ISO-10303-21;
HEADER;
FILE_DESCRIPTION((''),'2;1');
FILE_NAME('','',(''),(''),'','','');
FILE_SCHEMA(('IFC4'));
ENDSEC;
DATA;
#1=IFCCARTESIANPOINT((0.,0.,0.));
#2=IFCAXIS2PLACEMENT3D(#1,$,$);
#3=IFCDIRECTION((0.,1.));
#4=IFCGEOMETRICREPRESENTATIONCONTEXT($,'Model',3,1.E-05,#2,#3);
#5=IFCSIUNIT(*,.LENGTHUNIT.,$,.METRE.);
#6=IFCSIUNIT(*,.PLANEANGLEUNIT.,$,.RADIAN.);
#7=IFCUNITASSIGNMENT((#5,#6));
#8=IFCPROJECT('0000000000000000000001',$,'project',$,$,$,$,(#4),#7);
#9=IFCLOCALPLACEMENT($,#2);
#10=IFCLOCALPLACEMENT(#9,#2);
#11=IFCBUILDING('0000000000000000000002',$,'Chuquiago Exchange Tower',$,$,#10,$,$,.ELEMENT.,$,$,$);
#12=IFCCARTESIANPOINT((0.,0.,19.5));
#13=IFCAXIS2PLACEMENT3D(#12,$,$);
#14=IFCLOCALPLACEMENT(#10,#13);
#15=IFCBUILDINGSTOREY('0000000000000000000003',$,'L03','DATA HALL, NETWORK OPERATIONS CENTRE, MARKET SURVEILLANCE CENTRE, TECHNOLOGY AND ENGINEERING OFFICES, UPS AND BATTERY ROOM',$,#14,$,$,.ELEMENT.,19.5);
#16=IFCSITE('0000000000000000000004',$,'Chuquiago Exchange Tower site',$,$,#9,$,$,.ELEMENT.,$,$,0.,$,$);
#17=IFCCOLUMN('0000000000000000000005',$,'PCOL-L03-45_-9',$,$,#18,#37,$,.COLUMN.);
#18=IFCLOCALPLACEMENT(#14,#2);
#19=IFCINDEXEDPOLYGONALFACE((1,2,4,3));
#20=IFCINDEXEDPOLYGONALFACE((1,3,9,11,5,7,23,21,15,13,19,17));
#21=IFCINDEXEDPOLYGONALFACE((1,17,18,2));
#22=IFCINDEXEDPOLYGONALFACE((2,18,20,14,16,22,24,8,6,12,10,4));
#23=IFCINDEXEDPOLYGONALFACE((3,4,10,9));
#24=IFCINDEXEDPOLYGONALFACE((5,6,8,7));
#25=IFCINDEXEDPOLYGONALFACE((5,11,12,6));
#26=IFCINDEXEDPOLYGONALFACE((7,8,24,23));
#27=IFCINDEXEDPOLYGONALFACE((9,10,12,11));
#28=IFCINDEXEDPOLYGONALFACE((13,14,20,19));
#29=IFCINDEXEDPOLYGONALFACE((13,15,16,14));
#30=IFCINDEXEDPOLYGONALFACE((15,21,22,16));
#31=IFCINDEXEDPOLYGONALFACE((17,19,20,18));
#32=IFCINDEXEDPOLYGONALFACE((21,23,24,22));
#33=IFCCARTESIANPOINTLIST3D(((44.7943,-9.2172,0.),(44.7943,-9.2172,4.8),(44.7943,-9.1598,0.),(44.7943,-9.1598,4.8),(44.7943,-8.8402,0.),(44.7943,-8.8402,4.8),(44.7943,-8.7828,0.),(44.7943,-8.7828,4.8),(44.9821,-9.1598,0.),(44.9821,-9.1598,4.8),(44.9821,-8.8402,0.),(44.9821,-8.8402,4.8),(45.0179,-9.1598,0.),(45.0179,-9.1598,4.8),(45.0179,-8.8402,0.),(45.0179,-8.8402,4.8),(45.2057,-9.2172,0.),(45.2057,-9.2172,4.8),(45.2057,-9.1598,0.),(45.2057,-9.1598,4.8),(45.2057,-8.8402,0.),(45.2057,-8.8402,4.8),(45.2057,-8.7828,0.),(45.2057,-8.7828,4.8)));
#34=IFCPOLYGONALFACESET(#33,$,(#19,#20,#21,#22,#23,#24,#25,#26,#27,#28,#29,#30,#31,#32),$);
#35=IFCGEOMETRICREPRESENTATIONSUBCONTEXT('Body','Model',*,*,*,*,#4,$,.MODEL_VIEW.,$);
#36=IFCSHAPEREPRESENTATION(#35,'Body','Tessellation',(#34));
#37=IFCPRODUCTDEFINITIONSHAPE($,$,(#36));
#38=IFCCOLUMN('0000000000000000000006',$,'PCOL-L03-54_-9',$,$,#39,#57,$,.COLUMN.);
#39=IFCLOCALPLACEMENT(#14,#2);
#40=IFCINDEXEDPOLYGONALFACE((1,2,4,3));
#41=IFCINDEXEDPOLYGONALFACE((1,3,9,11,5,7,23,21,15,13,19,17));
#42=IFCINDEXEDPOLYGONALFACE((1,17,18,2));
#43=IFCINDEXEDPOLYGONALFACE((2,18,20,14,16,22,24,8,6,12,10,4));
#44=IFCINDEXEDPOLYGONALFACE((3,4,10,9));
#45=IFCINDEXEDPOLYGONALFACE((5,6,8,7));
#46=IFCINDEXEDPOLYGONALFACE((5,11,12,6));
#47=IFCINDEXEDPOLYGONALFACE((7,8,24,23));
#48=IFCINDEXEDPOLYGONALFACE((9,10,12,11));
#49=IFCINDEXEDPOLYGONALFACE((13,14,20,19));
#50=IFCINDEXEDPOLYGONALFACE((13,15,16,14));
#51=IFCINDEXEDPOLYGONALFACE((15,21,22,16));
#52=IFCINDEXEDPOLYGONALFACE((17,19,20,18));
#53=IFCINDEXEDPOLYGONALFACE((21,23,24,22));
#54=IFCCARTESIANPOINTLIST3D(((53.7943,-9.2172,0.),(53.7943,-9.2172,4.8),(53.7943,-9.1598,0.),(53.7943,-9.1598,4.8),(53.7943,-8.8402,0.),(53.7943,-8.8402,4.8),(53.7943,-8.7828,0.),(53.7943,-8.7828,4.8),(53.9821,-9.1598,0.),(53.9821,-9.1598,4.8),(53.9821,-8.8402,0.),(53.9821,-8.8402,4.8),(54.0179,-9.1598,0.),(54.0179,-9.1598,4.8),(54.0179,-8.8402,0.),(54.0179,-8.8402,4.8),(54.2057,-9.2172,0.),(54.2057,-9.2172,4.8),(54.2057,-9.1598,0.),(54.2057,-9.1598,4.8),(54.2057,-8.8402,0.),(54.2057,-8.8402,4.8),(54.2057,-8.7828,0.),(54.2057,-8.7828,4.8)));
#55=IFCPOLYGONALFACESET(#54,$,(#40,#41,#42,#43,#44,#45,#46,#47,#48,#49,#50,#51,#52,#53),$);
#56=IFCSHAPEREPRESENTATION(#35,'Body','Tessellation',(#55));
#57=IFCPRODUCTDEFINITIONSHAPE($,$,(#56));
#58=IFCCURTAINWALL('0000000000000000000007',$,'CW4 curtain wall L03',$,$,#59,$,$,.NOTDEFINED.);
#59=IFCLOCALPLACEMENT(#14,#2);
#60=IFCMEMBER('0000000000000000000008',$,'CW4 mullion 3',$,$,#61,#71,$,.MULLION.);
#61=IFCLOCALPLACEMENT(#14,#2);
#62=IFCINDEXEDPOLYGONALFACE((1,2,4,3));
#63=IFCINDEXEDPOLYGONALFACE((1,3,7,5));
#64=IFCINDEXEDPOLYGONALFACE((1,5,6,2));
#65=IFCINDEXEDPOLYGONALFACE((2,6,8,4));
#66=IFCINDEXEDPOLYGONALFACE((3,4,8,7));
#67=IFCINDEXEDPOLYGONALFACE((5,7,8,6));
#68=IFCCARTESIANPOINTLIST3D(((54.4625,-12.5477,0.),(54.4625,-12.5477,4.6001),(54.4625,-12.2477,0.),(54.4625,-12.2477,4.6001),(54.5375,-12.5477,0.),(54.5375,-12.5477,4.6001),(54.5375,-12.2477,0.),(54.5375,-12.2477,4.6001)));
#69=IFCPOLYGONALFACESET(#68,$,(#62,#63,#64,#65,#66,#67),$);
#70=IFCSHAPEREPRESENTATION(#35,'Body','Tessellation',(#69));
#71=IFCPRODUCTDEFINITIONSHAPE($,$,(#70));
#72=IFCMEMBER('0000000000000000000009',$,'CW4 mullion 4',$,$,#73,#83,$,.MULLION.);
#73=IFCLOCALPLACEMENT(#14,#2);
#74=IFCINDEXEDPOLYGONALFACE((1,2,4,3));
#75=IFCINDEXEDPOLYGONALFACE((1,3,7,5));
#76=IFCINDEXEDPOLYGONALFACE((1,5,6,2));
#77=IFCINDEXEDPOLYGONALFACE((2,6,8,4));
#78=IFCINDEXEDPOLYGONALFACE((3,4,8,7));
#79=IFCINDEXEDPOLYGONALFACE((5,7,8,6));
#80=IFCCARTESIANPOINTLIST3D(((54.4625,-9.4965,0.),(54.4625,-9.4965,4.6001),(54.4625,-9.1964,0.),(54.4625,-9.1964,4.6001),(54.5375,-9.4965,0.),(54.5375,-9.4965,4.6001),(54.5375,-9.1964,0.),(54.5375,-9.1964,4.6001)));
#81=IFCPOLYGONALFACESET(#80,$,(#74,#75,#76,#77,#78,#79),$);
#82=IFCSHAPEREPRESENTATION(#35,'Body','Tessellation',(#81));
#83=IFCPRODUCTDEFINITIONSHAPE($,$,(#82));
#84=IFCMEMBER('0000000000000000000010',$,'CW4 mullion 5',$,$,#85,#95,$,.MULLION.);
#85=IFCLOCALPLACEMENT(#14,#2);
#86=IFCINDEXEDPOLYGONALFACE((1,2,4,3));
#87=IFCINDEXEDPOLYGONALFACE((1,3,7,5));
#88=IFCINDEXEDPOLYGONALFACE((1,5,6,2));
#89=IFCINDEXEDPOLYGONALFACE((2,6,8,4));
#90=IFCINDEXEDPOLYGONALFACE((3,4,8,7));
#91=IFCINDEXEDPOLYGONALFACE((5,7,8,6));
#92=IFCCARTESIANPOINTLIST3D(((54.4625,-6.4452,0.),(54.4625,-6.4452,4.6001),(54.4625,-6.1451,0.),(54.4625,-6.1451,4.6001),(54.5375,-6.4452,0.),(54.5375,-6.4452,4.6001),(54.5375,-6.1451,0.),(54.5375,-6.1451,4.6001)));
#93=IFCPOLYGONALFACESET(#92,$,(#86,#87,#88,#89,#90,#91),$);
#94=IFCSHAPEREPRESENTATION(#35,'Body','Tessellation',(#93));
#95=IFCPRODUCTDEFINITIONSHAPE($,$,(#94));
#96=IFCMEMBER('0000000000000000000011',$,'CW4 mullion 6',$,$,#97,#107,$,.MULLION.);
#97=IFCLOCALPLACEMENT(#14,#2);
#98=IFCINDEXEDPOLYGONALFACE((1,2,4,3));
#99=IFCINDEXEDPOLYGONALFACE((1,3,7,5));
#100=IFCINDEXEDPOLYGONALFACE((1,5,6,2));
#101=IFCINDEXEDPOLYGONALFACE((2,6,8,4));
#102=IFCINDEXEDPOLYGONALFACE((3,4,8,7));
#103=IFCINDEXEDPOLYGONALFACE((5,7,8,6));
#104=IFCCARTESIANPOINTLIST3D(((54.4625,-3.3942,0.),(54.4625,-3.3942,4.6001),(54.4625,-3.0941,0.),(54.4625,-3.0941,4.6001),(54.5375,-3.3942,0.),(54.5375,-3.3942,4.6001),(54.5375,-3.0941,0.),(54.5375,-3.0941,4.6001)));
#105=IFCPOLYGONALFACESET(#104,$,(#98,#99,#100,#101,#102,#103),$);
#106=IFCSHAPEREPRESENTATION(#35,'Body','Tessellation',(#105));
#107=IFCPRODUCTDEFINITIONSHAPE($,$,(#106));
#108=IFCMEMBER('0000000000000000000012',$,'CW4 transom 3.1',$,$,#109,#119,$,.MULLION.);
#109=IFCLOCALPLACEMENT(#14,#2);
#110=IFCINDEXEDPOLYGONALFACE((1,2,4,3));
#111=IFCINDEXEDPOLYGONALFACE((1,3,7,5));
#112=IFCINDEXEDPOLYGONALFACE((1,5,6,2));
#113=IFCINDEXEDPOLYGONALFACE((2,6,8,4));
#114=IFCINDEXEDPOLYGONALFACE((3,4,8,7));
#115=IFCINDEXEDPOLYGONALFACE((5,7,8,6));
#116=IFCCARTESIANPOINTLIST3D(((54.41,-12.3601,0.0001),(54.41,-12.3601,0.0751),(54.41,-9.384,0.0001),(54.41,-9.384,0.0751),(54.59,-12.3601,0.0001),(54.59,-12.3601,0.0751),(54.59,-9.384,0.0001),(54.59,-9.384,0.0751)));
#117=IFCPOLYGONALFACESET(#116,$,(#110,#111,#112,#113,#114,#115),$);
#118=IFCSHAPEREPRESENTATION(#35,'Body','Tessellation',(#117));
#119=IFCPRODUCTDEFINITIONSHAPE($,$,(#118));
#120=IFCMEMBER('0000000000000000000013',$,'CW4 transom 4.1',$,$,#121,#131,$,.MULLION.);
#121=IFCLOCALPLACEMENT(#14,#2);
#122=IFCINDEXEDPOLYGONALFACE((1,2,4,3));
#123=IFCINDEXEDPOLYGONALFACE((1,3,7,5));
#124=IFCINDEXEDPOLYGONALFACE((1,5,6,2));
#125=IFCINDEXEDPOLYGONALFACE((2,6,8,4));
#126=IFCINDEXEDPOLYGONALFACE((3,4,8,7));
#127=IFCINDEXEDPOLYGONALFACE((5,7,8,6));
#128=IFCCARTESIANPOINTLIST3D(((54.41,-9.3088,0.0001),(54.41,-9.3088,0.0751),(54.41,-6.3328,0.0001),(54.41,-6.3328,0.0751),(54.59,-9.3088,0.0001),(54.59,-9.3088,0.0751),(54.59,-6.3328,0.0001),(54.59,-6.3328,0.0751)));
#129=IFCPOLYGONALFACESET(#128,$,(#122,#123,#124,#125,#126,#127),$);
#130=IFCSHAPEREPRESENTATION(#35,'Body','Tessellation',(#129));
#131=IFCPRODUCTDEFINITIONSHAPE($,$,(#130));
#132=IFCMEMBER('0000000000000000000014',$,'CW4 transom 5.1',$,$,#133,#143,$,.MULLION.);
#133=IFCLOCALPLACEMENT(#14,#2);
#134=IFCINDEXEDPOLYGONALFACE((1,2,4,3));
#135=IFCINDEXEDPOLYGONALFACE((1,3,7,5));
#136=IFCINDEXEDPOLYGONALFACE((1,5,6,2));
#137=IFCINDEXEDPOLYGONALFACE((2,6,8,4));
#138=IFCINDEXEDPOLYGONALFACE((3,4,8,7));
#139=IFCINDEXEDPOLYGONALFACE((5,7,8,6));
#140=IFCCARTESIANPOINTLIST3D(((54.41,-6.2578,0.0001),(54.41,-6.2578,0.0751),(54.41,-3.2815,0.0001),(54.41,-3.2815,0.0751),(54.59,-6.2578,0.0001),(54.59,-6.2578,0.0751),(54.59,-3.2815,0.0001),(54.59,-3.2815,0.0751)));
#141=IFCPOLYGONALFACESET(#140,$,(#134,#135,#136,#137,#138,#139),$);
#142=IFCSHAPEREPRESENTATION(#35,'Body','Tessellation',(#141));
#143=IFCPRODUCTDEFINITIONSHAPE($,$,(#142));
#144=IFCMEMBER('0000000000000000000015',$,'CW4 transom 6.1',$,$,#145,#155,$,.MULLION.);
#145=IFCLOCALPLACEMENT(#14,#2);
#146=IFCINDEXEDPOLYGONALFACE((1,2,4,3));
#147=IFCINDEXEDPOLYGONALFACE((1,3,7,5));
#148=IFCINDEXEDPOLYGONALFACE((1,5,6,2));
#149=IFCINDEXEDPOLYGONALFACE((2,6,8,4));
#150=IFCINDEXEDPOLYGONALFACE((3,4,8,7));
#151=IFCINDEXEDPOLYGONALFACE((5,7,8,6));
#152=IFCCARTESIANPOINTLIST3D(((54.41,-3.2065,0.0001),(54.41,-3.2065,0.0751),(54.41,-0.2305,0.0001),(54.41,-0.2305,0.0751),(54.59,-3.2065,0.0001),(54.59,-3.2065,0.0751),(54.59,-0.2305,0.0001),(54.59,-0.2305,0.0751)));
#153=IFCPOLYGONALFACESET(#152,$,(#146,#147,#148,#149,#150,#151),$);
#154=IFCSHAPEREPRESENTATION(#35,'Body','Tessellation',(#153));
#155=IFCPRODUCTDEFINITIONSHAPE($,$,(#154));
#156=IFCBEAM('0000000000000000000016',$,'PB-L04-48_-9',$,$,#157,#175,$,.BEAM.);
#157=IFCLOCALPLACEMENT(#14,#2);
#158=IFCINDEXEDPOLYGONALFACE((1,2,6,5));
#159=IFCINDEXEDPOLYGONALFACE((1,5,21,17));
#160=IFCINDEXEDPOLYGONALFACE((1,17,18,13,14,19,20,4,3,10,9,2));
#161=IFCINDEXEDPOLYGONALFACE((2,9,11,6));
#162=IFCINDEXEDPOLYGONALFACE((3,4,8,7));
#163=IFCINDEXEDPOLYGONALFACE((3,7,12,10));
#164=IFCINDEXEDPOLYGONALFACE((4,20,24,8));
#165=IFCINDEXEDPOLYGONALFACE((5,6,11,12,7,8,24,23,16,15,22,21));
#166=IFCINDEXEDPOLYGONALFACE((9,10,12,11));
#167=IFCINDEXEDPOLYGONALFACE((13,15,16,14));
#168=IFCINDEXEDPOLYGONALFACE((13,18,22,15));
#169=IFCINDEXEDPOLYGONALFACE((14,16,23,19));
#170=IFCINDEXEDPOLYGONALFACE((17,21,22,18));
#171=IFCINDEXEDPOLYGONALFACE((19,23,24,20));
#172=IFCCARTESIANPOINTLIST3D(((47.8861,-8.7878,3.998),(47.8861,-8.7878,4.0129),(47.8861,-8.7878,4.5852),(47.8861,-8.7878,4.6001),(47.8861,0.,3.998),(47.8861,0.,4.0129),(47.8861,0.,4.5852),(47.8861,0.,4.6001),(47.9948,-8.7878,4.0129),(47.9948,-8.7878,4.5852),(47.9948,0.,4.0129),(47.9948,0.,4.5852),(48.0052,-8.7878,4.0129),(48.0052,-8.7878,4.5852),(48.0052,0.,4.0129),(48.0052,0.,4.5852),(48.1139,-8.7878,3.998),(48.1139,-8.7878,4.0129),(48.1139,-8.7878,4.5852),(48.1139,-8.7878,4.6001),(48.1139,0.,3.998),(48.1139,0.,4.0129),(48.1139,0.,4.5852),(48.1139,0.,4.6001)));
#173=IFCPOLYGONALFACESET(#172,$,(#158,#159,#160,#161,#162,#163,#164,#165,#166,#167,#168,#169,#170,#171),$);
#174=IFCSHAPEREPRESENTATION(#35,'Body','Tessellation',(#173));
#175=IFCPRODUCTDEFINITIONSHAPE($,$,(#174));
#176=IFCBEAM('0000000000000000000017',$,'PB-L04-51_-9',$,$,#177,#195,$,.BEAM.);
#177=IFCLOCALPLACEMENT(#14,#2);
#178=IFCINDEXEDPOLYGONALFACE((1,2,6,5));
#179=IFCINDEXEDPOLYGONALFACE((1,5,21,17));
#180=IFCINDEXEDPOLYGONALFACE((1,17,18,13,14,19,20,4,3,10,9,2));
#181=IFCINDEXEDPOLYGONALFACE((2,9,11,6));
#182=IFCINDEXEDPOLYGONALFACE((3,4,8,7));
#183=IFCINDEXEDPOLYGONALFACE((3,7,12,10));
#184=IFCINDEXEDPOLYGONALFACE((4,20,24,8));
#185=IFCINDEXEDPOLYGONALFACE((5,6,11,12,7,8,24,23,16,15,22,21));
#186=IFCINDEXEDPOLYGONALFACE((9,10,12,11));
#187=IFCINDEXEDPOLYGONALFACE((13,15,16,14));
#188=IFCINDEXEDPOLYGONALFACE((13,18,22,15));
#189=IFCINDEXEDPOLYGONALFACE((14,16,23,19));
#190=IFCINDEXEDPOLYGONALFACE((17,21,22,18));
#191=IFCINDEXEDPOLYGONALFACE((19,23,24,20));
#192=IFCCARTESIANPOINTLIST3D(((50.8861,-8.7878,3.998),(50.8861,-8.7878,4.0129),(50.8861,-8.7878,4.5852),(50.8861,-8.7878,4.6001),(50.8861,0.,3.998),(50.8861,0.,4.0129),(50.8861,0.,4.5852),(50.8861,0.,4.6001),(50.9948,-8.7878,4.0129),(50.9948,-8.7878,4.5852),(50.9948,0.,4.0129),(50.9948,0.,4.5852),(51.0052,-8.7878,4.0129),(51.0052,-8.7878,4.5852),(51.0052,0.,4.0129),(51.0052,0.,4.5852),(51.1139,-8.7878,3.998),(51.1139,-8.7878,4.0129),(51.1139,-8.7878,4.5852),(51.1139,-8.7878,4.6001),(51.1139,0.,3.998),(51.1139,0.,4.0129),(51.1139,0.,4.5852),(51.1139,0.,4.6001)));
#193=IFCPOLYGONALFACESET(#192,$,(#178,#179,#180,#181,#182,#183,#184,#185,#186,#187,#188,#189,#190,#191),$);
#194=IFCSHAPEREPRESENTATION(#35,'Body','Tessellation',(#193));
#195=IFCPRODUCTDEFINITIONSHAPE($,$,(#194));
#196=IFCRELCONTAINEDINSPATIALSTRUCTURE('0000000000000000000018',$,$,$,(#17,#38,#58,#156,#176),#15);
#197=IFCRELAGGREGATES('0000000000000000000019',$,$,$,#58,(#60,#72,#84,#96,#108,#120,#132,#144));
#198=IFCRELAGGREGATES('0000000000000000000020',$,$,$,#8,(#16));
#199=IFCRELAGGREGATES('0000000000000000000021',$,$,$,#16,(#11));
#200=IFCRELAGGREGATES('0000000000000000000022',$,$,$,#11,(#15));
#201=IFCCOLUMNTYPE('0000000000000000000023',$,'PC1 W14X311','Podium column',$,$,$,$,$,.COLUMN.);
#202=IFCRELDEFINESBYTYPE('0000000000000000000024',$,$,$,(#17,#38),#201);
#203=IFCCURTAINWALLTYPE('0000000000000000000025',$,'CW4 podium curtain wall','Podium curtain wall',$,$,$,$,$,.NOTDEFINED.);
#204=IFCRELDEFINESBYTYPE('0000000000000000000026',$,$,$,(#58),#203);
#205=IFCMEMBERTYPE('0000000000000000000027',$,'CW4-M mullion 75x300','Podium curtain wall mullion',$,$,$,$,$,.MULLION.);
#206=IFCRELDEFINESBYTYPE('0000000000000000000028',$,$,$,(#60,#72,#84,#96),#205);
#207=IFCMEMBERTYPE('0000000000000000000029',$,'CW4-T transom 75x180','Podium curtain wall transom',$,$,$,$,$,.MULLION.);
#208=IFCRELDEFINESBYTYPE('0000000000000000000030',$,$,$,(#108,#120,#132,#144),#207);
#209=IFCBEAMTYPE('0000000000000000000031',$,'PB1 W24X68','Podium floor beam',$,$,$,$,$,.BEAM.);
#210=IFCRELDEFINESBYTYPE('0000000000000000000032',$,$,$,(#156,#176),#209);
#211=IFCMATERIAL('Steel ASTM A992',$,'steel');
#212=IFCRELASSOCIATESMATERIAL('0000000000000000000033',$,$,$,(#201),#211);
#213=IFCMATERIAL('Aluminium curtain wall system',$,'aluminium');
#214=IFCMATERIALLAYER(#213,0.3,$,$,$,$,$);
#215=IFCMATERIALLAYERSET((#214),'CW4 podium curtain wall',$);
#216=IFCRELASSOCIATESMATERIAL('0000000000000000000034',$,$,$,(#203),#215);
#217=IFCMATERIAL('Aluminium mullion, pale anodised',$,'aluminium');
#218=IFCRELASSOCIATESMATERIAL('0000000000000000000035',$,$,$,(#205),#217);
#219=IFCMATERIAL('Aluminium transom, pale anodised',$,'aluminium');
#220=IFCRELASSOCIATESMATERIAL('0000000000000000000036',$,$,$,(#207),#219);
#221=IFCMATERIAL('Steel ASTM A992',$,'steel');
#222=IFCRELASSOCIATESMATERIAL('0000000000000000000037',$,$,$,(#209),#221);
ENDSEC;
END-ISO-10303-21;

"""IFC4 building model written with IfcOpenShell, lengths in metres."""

from ifc_helpers import new_model, si_unit, direction, frame, origin, origin_2d, place, context, subcontext, project, spatial, rectangle, i_section, extrude, material, layer, layer_set, material_profile, profile_set, type_object, element, aggregate, save


model = new_model("IFC4")

# Units and contexts
model_context = context("Model", 3, precision=1e-05, world=origin(), true_north=direction((0.0, 1.0)))
body_context = subcontext(model_context, "Body", "Model", "MODEL_VIEW")
ifc_project = project(units=[si_unit("LENGTHUNIT", "METRE"), si_unit("PLANEANGLEUNIT", "RADIAN")], contexts=[model_context])

# Site, building, storey
site_placement = place(None, origin())
site = spatial("IfcSite", under=ifc_project, at=site_placement, Name="Chuquiago Exchange Tower site", CompositionType="ELEMENT", RefElevation=0.0)
building_placement = place(site_placement, origin())
building = spatial("IfcBuilding", under=site, at=building_placement, Name="Chuquiago Exchange Tower", CompositionType="ELEMENT")
storey_placement = place(building_placement, frame((0.0, 0.0, 19.5)))
storey = spatial("IfcBuildingStorey", under=building, at=storey_placement, Name="L03", Description="DATA HALL, NETWORK OPERATIONS CENTRE, MARKET SURVEILLANCE CENTRE, TECHNOLOGY AND ENGINEERING OFFICES, UPS AND BATTERY ROOM", CompositionType="ELEMENT", Elevation=19.5)

# Columns
ifc_material_1 = material(Name="Steel ASTM A992", Category="steel")
ifc_material_profile_1 = material_profile(ifc_material_1, i_section(OverallWidth=0.4114, OverallDepth=0.4343, WebThickness=0.0359, FlangeThickness=0.0574, at=origin_2d()), Name="W14X311")
ifc_profile_set_1 = profile_set([ifc_material_profile_1], Name="Steel ASTM A992")
column_type = type_object("IfcColumnType", Name="PC1 W14X311", Description="Podium column", PredefinedType="COLUMN", material=ifc_profile_set_1)
for number, where, z_axis, x_axis, name in (
    (1, (45.0, -9.0, 0.0), (0.0, 0.0, 1.0), (1.0, 0.0, 0.0), "PCOL-L03-45_-9"),
    (2, (54.0, -9.0, 0.0), (0.0, 0.0, 1.0), (1.0, 0.0, 0.0), "PCOL-L03-54_-9"),
):
    element("IfcColumn", number, at=place(storey_placement, frame(where, z_axis=z_axis, x_axis=x_axis)), inside=storey, type_object=column_type, Name=name, PredefinedType="COLUMN", context=body_context, shape_type="SweptSolid", body=[
        extrude(i_section(OverallWidth=0.4114, OverallDepth=0.4343, WebThickness=0.0359, FlangeThickness=0.0574, at=origin_2d()), origin(), (0.0, 0.0, 1.0), 4.8),
    ])

# Curtain wall, members
ifc_material_2 = material(Name="Aluminium curtain wall system", Category="aluminium")
ifc_layer_1 = layer(ifc_material_2, 0.3)
ifc_layer_set_1 = layer_set([ifc_layer_1], Name="CW4 podium curtain wall")
curtain_wall_type = type_object("IfcCurtainWallType", Name="CW4 podium curtain wall", Description="Podium curtain wall", PredefinedType="NOTDEFINED", material=ifc_layer_set_1)
curtain_wall_placement = place(storey_placement, origin())
curtain_wall = element("IfcCurtainWall", 3, at=curtain_wall_placement, inside=storey, type_object=curtain_wall_type, Name="CW4 curtain wall L03", PredefinedType="NOTDEFINED")
ifc_material_3 = material(Name="Aluminium mullion, pale anodised", Category="aluminium")
ifc_material_profile_2 = material_profile(ifc_material_3, rectangle(XDim=0.075, YDim=0.3, at=origin_2d()), Name="AL 75x300")
ifc_profile_set_2 = profile_set([ifc_material_profile_2], Name="Aluminium mullion, pale anodised")
member_type_1 = type_object("IfcMemberType", Name="CW4-M mullion 75x300", Description="Podium curtain wall mullion", PredefinedType="MULLION", material=ifc_profile_set_2)
member_1_placement = place(storey_placement, frame((54.5, -12.3977, 0.0), z_axis=(0.0, 0.0, 1.0), x_axis=(-1.0, 0.0, 0.0)))
member_1 = element("IfcMember", 4, at=member_1_placement, type_object=member_type_1, Name="CW4 mullion 3", PredefinedType="MULLION", context=body_context, shape_type="SweptSolid", body=[
    extrude(rectangle(XDim=0.075, YDim=0.3, at=origin_2d()), origin(), (0.0, 0.0, 1.0), 4.6001),
])
member_2_placement = place(storey_placement, frame((54.5, -9.3464, 0.0), z_axis=(0.0, 0.0, 1.0), x_axis=(-1.0, 0.0, 0.0)))
member_2 = element("IfcMember", 5, at=member_2_placement, type_object=member_type_1, Name="CW4 mullion 4", PredefinedType="MULLION", context=body_context, shape_type="SweptSolid", body=[
    extrude(rectangle(XDim=0.075, YDim=0.3, at=origin_2d()), origin(), (0.0, 0.0, 1.0), 4.6001),
])
member_3_placement = place(storey_placement, frame((54.5, -6.2952, 0.0), z_axis=(0.0, 0.0, 1.0), x_axis=(-1.0, 0.0, 0.0)))
member_3 = element("IfcMember", 6, at=member_3_placement, type_object=member_type_1, Name="CW4 mullion 5", PredefinedType="MULLION", context=body_context, shape_type="SweptSolid", body=[
    extrude(rectangle(XDim=0.075, YDim=0.3, at=origin_2d()), origin(), (0.0, 0.0, 1.0), 4.6001),
])
member_4_placement = place(storey_placement, frame((54.5, -3.2441, 0.0), z_axis=(0.0, 0.0, 1.0), x_axis=(-1.0, 0.0, 0.0)))
member_4 = element("IfcMember", 7, at=member_4_placement, type_object=member_type_1, Name="CW4 mullion 6", PredefinedType="MULLION", context=body_context, shape_type="SweptSolid", body=[
    extrude(rectangle(XDim=0.075, YDim=0.3, at=origin_2d()), origin(), (0.0, 0.0, 1.0), 4.6001),
])
ifc_material_4 = material(Name="Aluminium transom, pale anodised", Category="aluminium")
ifc_material_profile_3 = material_profile(ifc_material_4, rectangle(XDim=0.1799, YDim=0.075, at=origin_2d()), Name="AL 180x75")
ifc_profile_set_3 = profile_set([ifc_material_profile_3], Name="Aluminium transom, pale anodised")
member_type_2 = type_object("IfcMemberType", Name="CW4-T transom 75x180", Description="Podium curtain wall transom", PredefinedType="MULLION", material=ifc_profile_set_3)
member_5_placement = place(storey_placement, frame((54.5, -12.3601, 0.0376), z_axis=(0.0, 1.0, 0.0), x_axis=(-1.0, 0.0, 0.0)))
member_5 = element("IfcMember", 8, at=member_5_placement, type_object=member_type_2, Name="CW4 transom 3.1", PredefinedType="MULLION", context=body_context, shape_type="SweptSolid", body=[
    extrude(rectangle(XDim=0.1799, YDim=0.075, at=origin_2d()), origin(), (0.0, 0.0, 1.0), 2.9761),
])
member_6_placement = place(storey_placement, frame((54.5, -9.3088, 0.0376), z_axis=(0.0, 1.0, 0.0), x_axis=(-1.0, 0.0, 0.0)))
member_6 = element("IfcMember", 9, at=member_6_placement, type_object=member_type_2, Name="CW4 transom 4.1", PredefinedType="MULLION", context=body_context, shape_type="SweptSolid", body=[
    extrude(rectangle(XDim=0.1799, YDim=0.075, at=origin_2d()), origin(), (0.0, 0.0, 1.0), 2.9761),
])
member_7_placement = place(storey_placement, frame((54.5, -6.2578, 0.0376), z_axis=(0.0, 1.0, 0.0), x_axis=(-1.0, 0.0, 0.0)))
member_7 = element("IfcMember", 10, at=member_7_placement, type_object=member_type_2, Name="CW4 transom 5.1", PredefinedType="MULLION", context=body_context, shape_type="SweptSolid", body=[
    extrude(rectangle(XDim=0.1799, YDim=0.075, at=origin_2d()), origin(), (0.0, 0.0, 1.0), 2.9763),
])
member_8_placement = place(storey_placement, frame((54.5, -3.2065, 0.0376), z_axis=(0.0, 1.0, 0.0), x_axis=(-1.0, 0.0, 0.0)))
member_8 = element("IfcMember", 11, at=member_8_placement, type_object=member_type_2, Name="CW4 transom 6.1", PredefinedType="MULLION", context=body_context, shape_type="SweptSolid", body=[
    extrude(rectangle(XDim=0.1799, YDim=0.075, at=origin_2d()), origin(), (0.0, 0.0, 1.0), 2.9761),
])

# Beams
ifc_material_5 = material(Name="Steel ASTM A992", Category="steel")
ifc_material_profile_4 = material_profile(ifc_material_5, i_section(OverallWidth=0.2278, OverallDepth=0.6021, WebThickness=0.0105, FlangeThickness=0.0149, at=origin_2d()), Name="W24X68")
ifc_profile_set_4 = profile_set([ifc_material_profile_4], Name="Steel ASTM A992")
beam_type_1 = type_object("IfcBeamType", Name="PB1 W24X68", Description="Podium floor beam", PredefinedType="BEAM", material=ifc_profile_set_4)
for number, where, z_axis, x_axis, name in (
    (12, (48.0, -8.7878, 4.2991), (0.0, 1.0, 0.0), (-1.0, 0.0, 0.0), "PB-L04-48_-9"),
    (13, (51.0, -8.7878, 4.2991), (0.0, 1.0, 0.0), (-1.0, 0.0, 0.0), "PB-L04-51_-9"),
):
    element("IfcBeam", number, at=place(storey_placement, frame(where, z_axis=z_axis, x_axis=x_axis)), inside=storey, type_object=beam_type_1, Name=name, PredefinedType="BEAM", context=body_context, shape_type="SweptSolid", body=[
        extrude(i_section(OverallWidth=0.2278, OverallDepth=0.6021, WebThickness=0.0105, FlangeThickness=0.0149, at=origin_2d()), origin(), (0.0, 0.0, 1.0), 8.7878),
    ])

aggregate(curtain_wall, [member_1, member_2, member_3, member_4, member_5, member_6, member_7, member_8])

save(model, "model.ifc")
